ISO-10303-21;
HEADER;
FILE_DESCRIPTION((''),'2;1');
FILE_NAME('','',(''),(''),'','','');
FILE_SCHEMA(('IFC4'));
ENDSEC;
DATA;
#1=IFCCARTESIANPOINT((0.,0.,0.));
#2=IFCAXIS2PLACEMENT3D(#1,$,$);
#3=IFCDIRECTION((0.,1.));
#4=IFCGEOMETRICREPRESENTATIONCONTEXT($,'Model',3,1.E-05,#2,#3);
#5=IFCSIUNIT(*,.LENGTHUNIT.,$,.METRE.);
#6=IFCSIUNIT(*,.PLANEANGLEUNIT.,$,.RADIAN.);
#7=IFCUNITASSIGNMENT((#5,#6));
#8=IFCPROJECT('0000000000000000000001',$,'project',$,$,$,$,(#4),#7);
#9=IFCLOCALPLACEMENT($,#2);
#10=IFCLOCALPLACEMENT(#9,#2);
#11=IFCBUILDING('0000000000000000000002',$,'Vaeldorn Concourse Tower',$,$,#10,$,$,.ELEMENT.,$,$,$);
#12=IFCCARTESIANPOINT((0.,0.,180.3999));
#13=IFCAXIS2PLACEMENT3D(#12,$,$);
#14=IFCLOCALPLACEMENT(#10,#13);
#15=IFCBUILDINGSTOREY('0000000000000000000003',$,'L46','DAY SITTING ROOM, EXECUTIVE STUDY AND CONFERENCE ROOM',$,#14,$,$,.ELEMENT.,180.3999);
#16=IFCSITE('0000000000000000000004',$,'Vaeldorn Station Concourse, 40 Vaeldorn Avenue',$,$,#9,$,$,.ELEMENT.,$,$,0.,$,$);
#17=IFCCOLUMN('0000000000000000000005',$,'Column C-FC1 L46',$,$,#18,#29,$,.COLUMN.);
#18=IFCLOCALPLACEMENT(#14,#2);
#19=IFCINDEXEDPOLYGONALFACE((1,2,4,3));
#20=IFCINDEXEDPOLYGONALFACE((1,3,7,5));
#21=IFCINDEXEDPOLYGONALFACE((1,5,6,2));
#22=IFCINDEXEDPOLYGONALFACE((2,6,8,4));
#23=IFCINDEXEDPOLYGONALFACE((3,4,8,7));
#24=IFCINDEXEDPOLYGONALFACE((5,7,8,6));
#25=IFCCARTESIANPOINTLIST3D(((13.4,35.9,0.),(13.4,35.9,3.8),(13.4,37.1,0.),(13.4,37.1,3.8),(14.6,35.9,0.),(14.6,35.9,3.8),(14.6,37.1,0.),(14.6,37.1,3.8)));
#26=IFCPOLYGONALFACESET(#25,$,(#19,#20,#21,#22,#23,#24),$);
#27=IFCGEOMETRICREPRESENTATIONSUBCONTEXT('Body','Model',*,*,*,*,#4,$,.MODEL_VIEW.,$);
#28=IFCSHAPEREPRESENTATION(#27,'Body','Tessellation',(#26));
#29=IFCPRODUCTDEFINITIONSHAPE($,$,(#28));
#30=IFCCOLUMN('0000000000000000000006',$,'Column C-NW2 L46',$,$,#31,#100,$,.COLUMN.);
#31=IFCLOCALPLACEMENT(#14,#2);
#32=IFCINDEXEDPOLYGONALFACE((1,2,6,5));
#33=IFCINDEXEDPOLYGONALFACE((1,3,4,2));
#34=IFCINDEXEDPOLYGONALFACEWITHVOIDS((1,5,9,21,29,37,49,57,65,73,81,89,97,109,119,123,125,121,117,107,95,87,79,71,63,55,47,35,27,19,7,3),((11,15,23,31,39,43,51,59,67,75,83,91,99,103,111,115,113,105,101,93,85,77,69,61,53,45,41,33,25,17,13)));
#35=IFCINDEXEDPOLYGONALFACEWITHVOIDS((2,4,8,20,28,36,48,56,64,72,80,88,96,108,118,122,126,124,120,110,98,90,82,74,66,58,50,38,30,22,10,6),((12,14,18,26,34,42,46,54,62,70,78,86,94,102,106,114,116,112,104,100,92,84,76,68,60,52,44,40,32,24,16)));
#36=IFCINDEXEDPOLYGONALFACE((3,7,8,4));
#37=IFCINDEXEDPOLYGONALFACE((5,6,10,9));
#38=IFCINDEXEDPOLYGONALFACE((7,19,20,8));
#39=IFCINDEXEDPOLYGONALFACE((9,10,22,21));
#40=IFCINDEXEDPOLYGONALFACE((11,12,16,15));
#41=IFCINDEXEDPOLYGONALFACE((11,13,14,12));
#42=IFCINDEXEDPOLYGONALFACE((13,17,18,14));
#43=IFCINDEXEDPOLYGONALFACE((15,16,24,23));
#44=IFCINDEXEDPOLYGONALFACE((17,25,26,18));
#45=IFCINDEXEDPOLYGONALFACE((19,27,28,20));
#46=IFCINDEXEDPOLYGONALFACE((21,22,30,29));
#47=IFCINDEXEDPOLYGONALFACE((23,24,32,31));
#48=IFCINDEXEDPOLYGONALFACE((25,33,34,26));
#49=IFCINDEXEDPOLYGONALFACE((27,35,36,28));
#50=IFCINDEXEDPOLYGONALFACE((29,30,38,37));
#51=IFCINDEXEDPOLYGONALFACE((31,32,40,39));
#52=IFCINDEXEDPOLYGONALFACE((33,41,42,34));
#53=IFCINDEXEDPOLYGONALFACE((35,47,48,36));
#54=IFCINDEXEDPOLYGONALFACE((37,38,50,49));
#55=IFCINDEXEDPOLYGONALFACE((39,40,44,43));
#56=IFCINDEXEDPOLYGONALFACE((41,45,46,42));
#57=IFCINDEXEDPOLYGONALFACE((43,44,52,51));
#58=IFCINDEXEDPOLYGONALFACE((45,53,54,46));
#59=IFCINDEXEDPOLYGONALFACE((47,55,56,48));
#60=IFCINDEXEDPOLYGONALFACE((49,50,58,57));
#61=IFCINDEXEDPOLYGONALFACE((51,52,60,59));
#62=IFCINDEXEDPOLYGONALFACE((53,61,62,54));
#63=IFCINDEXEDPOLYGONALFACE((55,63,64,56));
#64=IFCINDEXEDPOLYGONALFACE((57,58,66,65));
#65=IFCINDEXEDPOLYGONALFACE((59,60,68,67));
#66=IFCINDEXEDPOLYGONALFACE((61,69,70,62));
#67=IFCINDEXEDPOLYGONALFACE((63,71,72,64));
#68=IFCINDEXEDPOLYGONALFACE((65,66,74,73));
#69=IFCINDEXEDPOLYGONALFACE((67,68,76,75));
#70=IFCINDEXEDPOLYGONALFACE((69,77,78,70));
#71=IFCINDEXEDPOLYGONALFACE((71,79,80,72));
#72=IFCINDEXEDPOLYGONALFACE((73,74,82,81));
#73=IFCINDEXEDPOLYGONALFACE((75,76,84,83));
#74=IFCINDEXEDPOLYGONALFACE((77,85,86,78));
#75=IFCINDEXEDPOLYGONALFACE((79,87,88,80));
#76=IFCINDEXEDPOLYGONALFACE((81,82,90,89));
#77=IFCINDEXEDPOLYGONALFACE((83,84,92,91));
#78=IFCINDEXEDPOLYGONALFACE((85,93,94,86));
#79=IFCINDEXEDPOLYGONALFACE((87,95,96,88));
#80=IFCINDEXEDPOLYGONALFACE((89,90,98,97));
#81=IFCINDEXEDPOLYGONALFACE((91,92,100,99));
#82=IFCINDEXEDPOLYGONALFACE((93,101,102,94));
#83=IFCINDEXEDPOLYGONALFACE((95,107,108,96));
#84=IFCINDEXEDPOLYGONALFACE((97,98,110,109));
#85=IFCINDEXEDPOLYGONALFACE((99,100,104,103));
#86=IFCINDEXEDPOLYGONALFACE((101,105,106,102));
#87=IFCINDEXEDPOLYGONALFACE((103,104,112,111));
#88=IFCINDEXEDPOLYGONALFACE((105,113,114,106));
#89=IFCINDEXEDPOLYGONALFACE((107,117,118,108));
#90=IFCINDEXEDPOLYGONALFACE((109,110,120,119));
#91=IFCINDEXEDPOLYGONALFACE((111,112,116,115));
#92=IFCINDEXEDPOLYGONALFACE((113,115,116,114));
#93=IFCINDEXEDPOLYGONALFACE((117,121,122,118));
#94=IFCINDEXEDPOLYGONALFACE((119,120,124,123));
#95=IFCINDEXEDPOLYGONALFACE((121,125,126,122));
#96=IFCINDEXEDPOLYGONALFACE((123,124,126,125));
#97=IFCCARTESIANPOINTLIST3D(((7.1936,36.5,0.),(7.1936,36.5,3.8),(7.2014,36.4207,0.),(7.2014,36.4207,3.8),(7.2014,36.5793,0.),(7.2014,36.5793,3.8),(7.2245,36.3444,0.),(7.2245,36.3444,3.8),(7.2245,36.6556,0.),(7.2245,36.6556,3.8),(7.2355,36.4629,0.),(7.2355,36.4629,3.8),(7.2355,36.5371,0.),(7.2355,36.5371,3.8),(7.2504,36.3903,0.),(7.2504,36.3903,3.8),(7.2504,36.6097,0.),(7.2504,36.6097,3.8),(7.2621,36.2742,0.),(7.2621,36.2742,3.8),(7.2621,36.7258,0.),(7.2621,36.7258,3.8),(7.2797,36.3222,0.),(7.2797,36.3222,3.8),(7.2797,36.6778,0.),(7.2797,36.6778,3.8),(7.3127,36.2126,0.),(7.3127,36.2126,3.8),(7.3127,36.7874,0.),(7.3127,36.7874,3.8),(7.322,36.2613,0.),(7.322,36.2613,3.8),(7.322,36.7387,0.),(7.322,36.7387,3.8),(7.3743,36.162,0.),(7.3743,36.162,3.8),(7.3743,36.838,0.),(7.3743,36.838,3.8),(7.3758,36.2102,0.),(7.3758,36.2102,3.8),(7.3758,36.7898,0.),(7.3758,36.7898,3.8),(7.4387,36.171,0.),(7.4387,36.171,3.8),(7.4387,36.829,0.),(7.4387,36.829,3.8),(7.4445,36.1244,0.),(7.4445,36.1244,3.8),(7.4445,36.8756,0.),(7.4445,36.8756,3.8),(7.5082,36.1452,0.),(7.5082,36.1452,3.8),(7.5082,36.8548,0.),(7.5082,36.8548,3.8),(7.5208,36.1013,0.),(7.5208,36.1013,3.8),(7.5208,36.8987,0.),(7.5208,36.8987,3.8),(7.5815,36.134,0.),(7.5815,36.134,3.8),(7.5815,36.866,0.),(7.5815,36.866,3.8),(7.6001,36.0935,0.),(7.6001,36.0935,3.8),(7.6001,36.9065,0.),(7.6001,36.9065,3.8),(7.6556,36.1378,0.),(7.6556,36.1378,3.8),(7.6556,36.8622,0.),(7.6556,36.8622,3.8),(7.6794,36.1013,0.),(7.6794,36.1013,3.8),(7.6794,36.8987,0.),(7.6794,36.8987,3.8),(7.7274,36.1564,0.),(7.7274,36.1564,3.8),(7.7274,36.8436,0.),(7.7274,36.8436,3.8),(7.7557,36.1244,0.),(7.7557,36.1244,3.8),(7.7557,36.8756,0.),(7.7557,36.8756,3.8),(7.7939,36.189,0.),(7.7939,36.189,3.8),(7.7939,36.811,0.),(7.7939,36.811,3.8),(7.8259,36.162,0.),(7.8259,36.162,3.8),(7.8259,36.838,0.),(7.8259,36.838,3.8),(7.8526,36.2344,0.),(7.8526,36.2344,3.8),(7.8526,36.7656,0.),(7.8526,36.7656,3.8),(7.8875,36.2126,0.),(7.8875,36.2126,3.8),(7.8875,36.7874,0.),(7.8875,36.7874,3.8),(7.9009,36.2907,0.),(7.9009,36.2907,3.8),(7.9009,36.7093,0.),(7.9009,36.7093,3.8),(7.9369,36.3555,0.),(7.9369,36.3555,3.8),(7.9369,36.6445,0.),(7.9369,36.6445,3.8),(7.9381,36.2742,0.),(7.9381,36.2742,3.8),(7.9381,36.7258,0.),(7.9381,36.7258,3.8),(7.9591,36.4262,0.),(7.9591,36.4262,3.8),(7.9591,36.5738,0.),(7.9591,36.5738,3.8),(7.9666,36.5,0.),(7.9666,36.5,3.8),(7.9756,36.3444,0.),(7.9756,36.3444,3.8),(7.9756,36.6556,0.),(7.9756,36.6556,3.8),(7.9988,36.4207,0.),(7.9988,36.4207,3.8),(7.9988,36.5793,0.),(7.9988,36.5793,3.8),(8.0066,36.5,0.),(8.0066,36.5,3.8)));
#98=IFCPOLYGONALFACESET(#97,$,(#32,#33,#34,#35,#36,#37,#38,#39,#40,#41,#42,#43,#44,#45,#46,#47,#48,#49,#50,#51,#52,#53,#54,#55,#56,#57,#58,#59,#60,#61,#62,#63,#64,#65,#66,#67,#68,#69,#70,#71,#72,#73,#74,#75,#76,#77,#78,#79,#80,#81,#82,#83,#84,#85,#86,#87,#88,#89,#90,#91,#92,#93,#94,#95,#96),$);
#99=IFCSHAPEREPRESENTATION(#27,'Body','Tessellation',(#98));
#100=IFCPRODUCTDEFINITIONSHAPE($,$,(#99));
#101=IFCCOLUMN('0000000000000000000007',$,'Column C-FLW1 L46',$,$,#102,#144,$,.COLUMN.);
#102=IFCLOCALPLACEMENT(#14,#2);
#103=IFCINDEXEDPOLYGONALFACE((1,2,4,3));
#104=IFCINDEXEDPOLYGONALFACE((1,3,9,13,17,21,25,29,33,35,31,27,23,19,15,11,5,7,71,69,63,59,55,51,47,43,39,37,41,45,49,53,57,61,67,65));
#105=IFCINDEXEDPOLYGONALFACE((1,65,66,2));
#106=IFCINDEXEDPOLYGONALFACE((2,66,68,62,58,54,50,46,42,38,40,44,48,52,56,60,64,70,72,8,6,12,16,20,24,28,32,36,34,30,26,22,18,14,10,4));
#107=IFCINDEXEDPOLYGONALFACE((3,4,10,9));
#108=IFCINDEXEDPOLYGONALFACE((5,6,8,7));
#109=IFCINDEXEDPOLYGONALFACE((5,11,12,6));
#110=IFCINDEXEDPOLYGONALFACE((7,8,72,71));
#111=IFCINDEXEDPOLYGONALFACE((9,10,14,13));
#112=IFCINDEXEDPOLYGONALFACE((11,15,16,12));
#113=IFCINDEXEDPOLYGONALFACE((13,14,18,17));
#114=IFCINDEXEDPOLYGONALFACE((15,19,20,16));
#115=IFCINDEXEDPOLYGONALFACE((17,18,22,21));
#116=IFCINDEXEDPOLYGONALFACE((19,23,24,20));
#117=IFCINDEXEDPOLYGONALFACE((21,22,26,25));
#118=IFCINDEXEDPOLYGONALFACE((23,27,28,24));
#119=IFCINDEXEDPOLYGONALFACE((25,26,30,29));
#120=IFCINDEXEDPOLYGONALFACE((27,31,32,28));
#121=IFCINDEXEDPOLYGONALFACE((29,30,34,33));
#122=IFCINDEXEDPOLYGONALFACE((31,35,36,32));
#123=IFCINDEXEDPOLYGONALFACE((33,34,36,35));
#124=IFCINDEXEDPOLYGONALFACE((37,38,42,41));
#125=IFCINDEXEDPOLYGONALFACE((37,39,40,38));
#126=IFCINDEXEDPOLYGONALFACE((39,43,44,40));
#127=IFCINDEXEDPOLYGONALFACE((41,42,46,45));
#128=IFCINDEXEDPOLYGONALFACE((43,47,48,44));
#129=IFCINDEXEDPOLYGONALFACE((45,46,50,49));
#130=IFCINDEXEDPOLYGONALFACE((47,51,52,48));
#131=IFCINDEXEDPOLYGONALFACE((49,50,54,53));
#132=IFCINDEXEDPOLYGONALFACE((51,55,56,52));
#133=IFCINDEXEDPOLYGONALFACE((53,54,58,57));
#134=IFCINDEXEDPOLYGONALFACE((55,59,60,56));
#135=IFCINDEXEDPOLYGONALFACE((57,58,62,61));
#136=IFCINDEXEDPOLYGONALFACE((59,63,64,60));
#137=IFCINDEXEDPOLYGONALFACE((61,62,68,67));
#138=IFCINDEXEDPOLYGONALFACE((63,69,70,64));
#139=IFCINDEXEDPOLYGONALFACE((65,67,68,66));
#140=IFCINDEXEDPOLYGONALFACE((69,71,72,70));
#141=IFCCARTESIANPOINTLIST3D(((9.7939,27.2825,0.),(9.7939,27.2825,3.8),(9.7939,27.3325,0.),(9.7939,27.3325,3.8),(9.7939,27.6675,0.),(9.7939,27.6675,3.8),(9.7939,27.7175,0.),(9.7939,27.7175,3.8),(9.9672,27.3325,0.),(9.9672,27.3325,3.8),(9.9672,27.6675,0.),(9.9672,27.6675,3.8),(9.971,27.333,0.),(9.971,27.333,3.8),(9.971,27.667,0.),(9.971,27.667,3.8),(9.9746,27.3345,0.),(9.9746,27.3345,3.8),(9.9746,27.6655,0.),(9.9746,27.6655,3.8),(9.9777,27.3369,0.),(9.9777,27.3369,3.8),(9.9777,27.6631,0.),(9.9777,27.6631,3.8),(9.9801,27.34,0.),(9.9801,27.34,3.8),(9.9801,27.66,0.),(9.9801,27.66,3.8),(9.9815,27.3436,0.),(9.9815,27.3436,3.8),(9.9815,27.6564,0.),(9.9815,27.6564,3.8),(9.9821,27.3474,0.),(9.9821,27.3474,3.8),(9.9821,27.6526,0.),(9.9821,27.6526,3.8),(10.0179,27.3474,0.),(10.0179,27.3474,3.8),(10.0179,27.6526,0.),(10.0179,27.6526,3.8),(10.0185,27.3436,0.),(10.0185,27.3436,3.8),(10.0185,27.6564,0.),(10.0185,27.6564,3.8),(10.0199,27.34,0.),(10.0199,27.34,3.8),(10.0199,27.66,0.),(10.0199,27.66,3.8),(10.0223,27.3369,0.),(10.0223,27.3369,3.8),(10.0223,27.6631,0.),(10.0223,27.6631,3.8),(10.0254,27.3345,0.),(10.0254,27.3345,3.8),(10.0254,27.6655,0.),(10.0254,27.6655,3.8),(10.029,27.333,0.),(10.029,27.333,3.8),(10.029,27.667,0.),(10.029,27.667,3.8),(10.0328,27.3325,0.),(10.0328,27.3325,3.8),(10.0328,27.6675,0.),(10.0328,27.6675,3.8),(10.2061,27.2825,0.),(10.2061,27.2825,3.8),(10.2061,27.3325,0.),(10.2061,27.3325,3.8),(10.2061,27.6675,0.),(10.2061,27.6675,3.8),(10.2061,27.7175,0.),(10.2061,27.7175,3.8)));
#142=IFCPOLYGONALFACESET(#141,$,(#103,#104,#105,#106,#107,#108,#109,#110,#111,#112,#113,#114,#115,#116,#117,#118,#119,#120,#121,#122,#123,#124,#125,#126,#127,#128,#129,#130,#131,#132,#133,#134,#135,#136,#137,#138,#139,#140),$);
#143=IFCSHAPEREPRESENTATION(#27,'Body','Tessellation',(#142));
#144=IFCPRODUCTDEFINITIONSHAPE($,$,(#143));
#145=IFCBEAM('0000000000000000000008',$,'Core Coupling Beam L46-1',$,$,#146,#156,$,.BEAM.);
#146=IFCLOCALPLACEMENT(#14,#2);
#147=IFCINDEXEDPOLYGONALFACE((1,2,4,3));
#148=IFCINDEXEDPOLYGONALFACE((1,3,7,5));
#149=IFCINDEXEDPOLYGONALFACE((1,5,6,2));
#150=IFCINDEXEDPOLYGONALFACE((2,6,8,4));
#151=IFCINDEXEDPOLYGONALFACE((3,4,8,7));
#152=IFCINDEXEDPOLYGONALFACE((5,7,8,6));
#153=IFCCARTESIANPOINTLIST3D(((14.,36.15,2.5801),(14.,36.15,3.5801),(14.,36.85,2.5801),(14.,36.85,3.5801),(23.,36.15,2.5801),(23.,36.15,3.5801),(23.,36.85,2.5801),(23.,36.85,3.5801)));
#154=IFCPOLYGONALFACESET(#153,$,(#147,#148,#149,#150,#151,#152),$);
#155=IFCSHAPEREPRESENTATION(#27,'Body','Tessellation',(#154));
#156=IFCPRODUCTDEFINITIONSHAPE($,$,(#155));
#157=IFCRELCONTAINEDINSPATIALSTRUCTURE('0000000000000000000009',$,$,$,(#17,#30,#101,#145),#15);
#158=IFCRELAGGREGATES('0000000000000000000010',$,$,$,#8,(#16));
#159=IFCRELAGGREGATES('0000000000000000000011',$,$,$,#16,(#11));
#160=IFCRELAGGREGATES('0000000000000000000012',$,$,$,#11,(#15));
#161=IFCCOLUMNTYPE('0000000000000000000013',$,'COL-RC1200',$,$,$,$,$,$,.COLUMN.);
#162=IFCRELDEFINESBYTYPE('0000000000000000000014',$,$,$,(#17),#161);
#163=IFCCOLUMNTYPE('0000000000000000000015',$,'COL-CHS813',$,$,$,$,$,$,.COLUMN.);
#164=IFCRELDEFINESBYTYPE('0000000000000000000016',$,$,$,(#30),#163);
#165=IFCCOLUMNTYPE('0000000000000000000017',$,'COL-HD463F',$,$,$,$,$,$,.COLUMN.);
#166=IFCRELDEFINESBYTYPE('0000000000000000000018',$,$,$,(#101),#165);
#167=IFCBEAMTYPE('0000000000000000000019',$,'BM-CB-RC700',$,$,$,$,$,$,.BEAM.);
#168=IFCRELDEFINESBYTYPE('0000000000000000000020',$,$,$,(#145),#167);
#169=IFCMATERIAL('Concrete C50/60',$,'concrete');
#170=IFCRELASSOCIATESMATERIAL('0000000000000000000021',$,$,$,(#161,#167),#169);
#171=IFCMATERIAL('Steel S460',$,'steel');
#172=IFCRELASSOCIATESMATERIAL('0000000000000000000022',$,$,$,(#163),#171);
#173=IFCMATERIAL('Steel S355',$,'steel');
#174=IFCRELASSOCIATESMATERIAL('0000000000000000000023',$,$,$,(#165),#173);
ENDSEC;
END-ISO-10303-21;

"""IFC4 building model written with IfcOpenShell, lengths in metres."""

from ifc_helpers import new_model, si_unit, direction, frame, origin, origin_2d, place, context, subcontext, project, spatial, rectangle, hollow_circle, i_section, extrude, source, transform, mapped, material, material_profile, profile_set, type_object, element, save


model = new_model("IFC4")

# Units and contexts
model_context = context("Model", 3, precision=1e-05, world=origin(), true_north=direction((0.0, 1.0)))
body_context = subcontext(model_context, "Body", "Model", "MODEL_VIEW")
ifc_project = project(units=[si_unit("LENGTHUNIT", "METRE"), si_unit("PLANEANGLEUNIT", "RADIAN")], contexts=[model_context])

# Site, building, storey
site_placement = place(None, origin())
site = spatial("IfcSite", under=ifc_project, at=site_placement, Name="Vaeldorn Station Concourse, 40 Vaeldorn Avenue", CompositionType="ELEMENT", RefElevation=0.0)
building_placement = place(site_placement, origin())
building = spatial("IfcBuilding", under=site, at=building_placement, Name="Vaeldorn Concourse Tower", CompositionType="ELEMENT")
storey_placement = place(building_placement, frame((0.0, 0.0, 180.3999)))
storey = spatial("IfcBuildingStorey", under=building, at=storey_placement, Name="L46", Description="DAY SITTING ROOM, EXECUTIVE STUDY AND CONFERENCE ROOM", CompositionType="ELEMENT", Elevation=180.3999)

# Columns
ifc_material_1 = material(Name="Concrete C50/60", Category="concrete")
ifc_material_profile_1 = material_profile(ifc_material_1, rectangle(XDim=1.2, YDim=1.2, at=origin_2d()), Name="RC 1200x1200")
ifc_profile_set_1 = profile_set([ifc_material_profile_1], Name="Concrete C50/60")
column_type_1 = type_object("IfcColumnType", Name="COL-RC1200", PredefinedType="COLUMN", material=ifc_profile_set_1)
shared_shape_1 = source(origin(), body_context, "Body", "SweptSolid", [
    extrude(rectangle(XDim=1.2, YDim=1.2, at=origin_2d()), origin(), (0.0, 0.0, 1.0), 3.8),
])
column_1_placement = place(storey_placement, frame((14.0, 36.5, 0.0), z_axis=(0.0, 0.0, 1.0), x_axis=(1.0, 0.0, 0.0)))
element("IfcColumn", 1, at=column_1_placement, inside=storey, type_object=column_type_1, Name="Column C-FC1 L46", PredefinedType="COLUMN", context=body_context, shape_type="MappedRepresentation", body=[
    mapped(shared_shape_1, transform((0.0, 0.0, 0.0), scale=1.0)),
])
ifc_material_2 = material(Name="Steel S460", Category="steel")
ifc_material_profile_2 = material_profile(ifc_material_2, hollow_circle(Radius=0.4065, WallThickness=0.04, at=origin_2d()), Name="CHS 813x40")
ifc_profile_set_2 = profile_set([ifc_material_profile_2], Name="Steel S460")
column_type_2 = type_object("IfcColumnType", Name="COL-CHS813", PredefinedType="COLUMN", material=ifc_profile_set_2)
shared_shape_2 = source(origin(), body_context, "Body", "SweptSolid", [
    extrude(hollow_circle(Radius=0.4065, WallThickness=0.04, at=origin_2d()), origin(), (0.0, 0.0, 1.0), 3.8),
])
column_2_placement = place(storey_placement, frame((7.6001, 36.5, 0.0), z_axis=(0.0, 0.0, 1.0), x_axis=(1.0, 0.0, 0.0)))
element("IfcColumn", 2, at=column_2_placement, inside=storey, type_object=column_type_2, Name="Column C-NW2 L46", PredefinedType="COLUMN", context=body_context, shape_type="MappedRepresentation", body=[
    mapped(shared_shape_2, transform((0.0, 0.0, 0.0), scale=1.0)),
])
ifc_material_3 = material(Name="Steel S355", Category="steel")
ifc_material_profile_3 = material_profile(ifc_material_3, i_section(OverallWidth=0.4121, OverallDepth=0.4351, WebThickness=0.0359, FlangeThickness=0.05, FilletRadius=0.0149, at=origin_2d()), Name="HD 400x463")
ifc_profile_set_3 = profile_set([ifc_material_profile_3], Name="Steel S355")
column_type_3 = type_object("IfcColumnType", Name="COL-HD463F", PredefinedType="COLUMN", material=ifc_profile_set_3)
shared_shape_3 = source(origin(), body_context, "Body", "SweptSolid", [
    extrude(i_section(OverallWidth=0.4121, OverallDepth=0.4351, WebThickness=0.0359, FlangeThickness=0.05, FilletRadius=0.0149, at=origin_2d()), origin(), (0.0, 0.0, 1.0), 3.8),
])
column_3_placement = place(storey_placement, frame((10.0, 27.5, 0.0), z_axis=(0.0, 0.0, 1.0), x_axis=(1.0, 0.0, 0.0)))
element("IfcColumn", 3, at=column_3_placement, inside=storey, type_object=column_type_3, Name="Column C-FLW1 L46", PredefinedType="COLUMN", context=body_context, shape_type="MappedRepresentation", body=[
    mapped(shared_shape_3, transform((0.0, 0.0, 0.0), scale=1.0)),
])

# Beam
ifc_material_profile_4 = material_profile(ifc_material_1, rectangle(XDim=0.7, YDim=1.0, at=origin_2d()), Name="RC 700x1000")
ifc_profile_set_4 = profile_set([ifc_material_profile_4], Name="Concrete C50/60")
beam_type_1 = type_object("IfcBeamType", Name="BM-CB-RC700", PredefinedType="BEAM", material=ifc_profile_set_4)
shared_shape_4 = source(origin(), body_context, "Body", "SweptSolid", [
    extrude(rectangle(XDim=0.7, YDim=1.0, at=origin_2d()), origin(), (0.0, 0.0, 1.0), 9.0),
])
beam_1_placement = place(storey_placement, frame((14.0, 36.5, 3.0801), z_axis=(1.0, 0.0, 0.0), x_axis=(0.0, 1.0, 0.0)))
element("IfcBeam", 4, at=beam_1_placement, inside=storey, type_object=beam_type_1, Name="Core Coupling Beam L46-1", PredefinedType="BEAM", context=body_context, shape_type="MappedRepresentation", body=[
    mapped(shared_shape_4, transform((0.0, 0.0, 0.0), scale=1.0)),
])

save(model, "model.ifc")
